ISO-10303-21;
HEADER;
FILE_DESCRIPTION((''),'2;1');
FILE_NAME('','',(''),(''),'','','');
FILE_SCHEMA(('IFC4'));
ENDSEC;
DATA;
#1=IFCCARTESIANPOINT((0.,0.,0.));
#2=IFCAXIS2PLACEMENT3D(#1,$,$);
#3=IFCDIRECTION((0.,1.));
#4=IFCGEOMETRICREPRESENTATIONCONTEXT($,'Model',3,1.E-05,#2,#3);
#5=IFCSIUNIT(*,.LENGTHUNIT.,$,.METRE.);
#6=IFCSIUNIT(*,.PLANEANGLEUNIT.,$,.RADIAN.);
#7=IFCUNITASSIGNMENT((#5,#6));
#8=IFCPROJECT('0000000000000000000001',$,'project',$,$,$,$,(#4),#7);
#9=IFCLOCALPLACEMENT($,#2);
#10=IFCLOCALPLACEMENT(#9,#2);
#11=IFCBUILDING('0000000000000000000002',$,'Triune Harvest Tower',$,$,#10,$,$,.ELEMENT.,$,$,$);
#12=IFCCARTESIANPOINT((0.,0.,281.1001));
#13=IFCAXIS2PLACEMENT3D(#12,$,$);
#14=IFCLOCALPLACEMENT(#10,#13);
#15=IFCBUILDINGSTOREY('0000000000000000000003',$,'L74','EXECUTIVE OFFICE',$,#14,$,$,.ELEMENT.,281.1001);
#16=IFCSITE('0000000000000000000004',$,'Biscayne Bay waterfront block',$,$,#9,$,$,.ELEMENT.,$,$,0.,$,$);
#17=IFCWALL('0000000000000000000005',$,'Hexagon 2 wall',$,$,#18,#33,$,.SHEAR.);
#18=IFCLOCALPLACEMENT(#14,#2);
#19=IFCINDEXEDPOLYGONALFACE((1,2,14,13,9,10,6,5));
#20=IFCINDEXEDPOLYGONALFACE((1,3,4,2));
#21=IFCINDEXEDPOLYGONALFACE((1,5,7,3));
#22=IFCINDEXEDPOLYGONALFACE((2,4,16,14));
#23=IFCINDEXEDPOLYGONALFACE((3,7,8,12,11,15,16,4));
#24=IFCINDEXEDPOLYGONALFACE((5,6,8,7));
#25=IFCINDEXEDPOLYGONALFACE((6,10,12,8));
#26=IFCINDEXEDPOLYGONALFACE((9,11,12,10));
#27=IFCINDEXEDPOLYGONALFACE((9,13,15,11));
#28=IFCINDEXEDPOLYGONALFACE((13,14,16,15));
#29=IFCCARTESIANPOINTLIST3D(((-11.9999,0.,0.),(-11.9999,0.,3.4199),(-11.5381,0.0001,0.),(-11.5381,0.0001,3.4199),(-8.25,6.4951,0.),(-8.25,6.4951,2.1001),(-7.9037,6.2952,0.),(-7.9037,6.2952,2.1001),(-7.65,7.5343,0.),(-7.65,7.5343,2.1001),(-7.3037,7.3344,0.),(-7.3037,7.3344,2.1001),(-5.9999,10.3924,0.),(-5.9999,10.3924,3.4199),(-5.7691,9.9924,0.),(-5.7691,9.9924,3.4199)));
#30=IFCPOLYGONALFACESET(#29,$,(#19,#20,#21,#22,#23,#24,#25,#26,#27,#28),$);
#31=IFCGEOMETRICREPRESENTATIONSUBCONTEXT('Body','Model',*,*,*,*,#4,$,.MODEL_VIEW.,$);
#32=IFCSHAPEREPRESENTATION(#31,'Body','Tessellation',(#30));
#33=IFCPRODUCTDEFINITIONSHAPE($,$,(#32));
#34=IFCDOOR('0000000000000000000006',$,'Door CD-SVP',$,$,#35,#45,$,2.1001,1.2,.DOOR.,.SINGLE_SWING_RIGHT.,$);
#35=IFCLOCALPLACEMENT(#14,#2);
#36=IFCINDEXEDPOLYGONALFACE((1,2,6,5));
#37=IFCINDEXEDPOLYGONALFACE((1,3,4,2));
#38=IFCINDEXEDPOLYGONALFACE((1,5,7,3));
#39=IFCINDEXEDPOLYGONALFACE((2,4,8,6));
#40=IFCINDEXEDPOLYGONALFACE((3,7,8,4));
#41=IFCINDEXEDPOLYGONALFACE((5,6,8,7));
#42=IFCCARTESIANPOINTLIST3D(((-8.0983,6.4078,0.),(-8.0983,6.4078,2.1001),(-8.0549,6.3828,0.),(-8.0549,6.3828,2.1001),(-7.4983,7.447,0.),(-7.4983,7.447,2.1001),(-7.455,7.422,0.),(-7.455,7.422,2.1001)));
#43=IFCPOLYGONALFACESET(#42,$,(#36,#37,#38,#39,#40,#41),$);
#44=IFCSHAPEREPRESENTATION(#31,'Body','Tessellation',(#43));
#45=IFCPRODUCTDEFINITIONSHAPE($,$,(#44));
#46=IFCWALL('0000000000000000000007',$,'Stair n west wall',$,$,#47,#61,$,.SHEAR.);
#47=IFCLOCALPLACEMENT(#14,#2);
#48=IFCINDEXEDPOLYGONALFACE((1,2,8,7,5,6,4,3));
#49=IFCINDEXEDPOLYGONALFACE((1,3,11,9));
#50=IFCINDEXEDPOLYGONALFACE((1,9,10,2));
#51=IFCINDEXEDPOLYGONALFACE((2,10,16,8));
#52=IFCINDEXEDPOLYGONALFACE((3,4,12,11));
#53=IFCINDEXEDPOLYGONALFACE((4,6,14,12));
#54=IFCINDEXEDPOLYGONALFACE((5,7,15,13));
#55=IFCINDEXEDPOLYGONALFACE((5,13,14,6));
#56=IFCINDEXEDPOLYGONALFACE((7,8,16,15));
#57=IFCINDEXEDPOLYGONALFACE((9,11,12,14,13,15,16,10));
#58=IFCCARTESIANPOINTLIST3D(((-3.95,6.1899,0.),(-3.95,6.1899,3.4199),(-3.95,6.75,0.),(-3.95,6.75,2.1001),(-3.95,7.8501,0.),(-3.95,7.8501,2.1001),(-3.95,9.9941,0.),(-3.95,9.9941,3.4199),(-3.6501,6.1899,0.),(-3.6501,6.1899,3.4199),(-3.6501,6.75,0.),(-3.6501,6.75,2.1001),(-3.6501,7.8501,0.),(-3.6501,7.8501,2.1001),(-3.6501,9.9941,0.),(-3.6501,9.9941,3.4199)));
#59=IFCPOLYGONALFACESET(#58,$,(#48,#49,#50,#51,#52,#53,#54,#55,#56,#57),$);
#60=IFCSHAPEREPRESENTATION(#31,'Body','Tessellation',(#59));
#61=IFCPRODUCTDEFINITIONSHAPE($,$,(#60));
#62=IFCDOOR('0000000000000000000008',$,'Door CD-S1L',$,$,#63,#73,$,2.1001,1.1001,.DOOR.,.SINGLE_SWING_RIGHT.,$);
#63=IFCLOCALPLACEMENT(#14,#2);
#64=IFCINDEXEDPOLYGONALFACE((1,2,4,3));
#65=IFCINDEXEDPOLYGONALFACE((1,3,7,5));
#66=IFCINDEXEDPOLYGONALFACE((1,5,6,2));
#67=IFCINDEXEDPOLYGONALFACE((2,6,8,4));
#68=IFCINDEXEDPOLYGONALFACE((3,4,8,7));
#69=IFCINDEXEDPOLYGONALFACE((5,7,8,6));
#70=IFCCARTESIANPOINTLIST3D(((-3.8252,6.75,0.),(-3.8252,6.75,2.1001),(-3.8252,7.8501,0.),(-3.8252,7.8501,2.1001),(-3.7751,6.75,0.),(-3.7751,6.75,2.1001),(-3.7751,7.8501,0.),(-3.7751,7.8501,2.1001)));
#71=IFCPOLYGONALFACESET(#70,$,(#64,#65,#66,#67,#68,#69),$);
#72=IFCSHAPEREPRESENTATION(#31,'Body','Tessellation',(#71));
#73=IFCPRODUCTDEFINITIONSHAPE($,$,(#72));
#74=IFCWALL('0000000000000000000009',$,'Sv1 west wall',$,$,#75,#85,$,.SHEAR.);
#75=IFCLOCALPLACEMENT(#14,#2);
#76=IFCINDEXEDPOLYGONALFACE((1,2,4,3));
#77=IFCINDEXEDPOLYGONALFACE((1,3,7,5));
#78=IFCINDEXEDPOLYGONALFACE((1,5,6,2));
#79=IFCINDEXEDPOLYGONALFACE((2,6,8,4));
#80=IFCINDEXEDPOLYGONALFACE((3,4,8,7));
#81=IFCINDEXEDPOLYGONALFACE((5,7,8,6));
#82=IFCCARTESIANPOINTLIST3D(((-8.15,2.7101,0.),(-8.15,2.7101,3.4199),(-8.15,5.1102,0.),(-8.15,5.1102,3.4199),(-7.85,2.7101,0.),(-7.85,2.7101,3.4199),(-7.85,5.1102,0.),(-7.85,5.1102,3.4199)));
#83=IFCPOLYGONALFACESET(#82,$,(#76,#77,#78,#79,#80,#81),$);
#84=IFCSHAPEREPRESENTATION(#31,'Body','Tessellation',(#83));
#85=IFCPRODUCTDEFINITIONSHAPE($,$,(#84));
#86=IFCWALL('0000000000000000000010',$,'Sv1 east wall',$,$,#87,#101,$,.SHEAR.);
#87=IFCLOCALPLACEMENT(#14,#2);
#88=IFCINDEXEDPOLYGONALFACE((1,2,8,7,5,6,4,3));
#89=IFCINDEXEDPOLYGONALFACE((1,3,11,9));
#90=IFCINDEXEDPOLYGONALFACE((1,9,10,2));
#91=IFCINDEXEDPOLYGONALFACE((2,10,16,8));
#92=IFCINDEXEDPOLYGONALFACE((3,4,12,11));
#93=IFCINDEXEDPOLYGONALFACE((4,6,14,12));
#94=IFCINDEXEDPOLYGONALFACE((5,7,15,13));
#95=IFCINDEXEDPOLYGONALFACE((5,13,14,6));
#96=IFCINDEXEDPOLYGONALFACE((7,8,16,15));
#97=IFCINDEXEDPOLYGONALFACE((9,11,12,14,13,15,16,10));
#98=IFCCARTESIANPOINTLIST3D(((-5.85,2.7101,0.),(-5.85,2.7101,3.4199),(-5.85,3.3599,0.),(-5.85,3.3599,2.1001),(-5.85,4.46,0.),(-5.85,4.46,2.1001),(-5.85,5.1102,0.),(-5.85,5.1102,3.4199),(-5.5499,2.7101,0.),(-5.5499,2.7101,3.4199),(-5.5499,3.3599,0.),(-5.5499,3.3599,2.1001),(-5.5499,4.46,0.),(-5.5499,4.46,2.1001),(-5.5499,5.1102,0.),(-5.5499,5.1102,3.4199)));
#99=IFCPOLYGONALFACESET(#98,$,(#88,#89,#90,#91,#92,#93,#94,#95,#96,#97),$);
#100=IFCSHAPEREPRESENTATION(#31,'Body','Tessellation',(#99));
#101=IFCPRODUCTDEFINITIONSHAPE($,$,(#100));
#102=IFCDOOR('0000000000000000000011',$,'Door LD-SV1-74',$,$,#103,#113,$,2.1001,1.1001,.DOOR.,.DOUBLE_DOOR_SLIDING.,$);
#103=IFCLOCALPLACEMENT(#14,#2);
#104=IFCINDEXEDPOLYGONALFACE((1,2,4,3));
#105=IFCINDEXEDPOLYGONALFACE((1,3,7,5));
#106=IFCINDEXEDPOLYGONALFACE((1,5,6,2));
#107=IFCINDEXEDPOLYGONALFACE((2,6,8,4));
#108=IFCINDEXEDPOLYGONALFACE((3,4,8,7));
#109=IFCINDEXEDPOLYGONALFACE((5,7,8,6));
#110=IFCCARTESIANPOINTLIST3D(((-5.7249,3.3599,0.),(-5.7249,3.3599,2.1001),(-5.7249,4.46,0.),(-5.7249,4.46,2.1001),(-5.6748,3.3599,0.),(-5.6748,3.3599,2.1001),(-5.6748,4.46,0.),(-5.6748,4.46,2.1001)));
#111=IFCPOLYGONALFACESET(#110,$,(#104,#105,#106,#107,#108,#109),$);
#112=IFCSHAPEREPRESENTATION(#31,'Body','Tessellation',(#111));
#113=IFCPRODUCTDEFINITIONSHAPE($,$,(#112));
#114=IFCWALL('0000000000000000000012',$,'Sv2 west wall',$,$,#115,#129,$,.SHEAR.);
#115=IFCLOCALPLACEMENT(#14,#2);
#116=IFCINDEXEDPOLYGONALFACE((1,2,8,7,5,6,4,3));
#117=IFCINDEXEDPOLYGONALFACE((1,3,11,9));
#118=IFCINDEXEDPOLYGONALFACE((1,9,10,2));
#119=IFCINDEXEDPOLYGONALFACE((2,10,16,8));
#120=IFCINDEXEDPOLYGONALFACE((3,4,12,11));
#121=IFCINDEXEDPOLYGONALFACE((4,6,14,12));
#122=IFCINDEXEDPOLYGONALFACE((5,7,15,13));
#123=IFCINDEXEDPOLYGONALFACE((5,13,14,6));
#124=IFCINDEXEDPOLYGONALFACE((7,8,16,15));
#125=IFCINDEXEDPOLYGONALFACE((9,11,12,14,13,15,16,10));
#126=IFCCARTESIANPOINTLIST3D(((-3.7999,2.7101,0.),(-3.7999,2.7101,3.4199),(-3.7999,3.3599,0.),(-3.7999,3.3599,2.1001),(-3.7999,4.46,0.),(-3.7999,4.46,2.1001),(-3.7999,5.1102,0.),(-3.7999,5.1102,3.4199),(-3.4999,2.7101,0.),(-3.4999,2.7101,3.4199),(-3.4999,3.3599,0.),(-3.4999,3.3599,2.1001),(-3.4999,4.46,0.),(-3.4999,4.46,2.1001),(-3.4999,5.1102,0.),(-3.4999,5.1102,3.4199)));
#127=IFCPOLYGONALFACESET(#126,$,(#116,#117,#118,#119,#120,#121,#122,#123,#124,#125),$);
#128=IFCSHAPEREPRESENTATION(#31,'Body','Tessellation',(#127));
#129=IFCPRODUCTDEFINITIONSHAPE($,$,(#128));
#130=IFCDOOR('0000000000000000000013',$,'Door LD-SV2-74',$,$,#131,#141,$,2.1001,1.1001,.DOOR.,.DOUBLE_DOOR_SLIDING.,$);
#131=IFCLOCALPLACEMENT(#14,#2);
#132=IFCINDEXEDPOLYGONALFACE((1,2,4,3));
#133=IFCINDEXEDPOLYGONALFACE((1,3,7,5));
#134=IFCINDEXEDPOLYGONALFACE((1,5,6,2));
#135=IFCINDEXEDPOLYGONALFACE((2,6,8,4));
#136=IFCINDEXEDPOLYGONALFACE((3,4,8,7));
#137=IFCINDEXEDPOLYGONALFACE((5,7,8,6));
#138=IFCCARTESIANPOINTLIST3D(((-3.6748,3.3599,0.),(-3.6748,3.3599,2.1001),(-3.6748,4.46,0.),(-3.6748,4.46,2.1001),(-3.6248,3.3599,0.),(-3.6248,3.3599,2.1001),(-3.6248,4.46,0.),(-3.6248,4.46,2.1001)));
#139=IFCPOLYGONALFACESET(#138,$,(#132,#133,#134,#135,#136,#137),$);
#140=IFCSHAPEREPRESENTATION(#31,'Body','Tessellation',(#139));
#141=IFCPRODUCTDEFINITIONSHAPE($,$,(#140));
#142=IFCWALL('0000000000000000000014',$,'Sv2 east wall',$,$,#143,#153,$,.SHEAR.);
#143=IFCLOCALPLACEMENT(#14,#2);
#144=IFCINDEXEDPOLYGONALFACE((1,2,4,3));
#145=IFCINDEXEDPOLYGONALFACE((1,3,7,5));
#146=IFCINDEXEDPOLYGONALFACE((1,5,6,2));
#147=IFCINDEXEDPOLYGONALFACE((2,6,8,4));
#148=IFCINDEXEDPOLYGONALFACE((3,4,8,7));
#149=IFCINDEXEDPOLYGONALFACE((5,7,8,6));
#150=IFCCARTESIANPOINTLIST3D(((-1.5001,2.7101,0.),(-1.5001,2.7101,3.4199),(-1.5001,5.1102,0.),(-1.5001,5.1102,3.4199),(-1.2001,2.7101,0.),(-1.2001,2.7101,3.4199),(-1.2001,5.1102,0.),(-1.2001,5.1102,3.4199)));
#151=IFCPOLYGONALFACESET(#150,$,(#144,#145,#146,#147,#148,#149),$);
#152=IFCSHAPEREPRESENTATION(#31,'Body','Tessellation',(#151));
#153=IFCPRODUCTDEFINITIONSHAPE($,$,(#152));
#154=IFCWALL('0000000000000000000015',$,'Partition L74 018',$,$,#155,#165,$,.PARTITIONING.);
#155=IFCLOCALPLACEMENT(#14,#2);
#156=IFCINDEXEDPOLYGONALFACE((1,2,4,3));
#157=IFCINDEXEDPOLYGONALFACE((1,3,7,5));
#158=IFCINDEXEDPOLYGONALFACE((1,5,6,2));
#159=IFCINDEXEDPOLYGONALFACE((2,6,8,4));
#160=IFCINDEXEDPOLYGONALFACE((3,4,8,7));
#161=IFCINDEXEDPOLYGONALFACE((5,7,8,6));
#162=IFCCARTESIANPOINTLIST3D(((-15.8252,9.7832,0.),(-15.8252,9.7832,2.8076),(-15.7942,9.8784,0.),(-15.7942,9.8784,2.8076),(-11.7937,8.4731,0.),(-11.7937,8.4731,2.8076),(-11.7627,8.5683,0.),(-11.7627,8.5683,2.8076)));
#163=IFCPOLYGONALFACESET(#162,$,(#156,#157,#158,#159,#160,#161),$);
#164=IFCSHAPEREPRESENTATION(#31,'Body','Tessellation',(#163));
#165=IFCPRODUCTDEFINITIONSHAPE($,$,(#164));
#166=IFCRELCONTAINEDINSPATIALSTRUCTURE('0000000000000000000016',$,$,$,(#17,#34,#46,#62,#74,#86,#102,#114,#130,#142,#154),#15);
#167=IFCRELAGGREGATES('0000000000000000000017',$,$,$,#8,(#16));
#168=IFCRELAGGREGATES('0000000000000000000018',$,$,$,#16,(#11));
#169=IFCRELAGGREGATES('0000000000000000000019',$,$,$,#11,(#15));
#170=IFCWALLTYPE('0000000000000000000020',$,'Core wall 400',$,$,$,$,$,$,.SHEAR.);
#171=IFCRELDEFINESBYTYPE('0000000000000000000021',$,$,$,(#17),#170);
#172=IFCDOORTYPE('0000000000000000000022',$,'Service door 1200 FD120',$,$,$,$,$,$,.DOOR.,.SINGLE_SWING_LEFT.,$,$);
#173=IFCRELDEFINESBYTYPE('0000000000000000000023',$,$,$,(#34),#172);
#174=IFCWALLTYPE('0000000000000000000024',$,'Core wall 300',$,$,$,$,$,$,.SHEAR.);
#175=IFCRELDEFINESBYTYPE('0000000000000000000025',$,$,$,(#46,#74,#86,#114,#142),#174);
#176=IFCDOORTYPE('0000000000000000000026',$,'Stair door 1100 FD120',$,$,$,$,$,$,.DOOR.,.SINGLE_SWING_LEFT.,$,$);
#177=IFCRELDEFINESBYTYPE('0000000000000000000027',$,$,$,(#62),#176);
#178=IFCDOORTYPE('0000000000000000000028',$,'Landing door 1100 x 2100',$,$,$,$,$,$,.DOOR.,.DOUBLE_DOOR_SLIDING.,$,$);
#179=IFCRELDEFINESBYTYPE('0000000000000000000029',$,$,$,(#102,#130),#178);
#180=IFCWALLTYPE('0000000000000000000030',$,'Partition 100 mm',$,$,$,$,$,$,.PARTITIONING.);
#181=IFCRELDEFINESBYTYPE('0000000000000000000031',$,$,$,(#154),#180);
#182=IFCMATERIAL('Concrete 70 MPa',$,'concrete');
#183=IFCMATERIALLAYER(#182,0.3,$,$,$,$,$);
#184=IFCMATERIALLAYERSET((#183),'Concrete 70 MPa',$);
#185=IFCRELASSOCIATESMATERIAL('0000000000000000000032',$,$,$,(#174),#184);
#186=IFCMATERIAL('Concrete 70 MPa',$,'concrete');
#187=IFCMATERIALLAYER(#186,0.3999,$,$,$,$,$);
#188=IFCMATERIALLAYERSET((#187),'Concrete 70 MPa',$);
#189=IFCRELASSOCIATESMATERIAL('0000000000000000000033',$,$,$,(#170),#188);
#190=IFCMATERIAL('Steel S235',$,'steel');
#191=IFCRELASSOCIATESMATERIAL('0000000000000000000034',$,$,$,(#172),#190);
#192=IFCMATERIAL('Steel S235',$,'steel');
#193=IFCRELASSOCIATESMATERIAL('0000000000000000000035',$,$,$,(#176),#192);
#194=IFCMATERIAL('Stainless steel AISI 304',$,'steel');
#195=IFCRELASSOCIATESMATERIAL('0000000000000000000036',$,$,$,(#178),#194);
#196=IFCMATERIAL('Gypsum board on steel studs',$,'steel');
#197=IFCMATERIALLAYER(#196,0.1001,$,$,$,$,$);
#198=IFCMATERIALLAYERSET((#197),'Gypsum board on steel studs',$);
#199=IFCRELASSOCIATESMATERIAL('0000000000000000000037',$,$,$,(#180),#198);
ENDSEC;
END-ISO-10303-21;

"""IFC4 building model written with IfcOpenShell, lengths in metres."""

from ifc_helpers import new_model, si_unit, direction, frame, frame_2d, origin, place, context, subcontext, project, spatial, polyline, rectangle, outline, extrude, source, transform, mapped, material, layer, layer_set, type_object, element, fill, save


model = new_model("IFC4")

# Units and contexts
model_context = context("Model", 3, precision=1e-05, world=origin(), true_north=direction((0.0, 1.0)))
body_context = subcontext(model_context, "Body", "Model", "MODEL_VIEW")
ifc_project = project(units=[si_unit("LENGTHUNIT", "METRE"), si_unit("PLANEANGLEUNIT", "RADIAN")], contexts=[model_context])

# Site, building, storey
site_placement = place(None, origin())
site = spatial("IfcSite", under=ifc_project, at=site_placement, Name="Biscayne Bay waterfront block", CompositionType="ELEMENT", RefElevation=0.0)
building_placement = place(site_placement, origin())
building = spatial("IfcBuilding", under=site, at=building_placement, Name="Triune Harvest Tower", CompositionType="ELEMENT")
storey_placement = place(building_placement, frame((0.0, 0.0, 281.1001)))
storey = spatial("IfcBuildingStorey", under=building, at=storey_placement, Name="L74", Description="EXECUTIVE OFFICE", CompositionType="ELEMENT", Elevation=281.1001)

# Shared definitions
ifc_material_1 = material(Name="Concrete 70 MPa", Category="concrete")
ifc_layer_1 = layer(ifc_material_1, 0.3)
ifc_layer_set_1 = layer_set([ifc_layer_1], Name="Concrete 70 MPa")
wall_type_1 = type_object("IfcWallType", Name="Core wall 300", PredefinedType="SHEAR", material=ifc_layer_set_1)

# Walls, openings, doors
ifc_material_2 = material(Name="Concrete 70 MPa", Category="concrete")
ifc_layer_2 = layer(ifc_material_2, 0.3999)
ifc_layer_set_2 = layer_set([ifc_layer_2], Name="Concrete 70 MPa")
wall_type_2 = type_object("IfcWallType", Name="Core wall 400", PredefinedType="SHEAR", material=ifc_layer_set_2)
shared_shape_1 = source(origin(), body_context, "Body", "SweptSolid", [
    extrude(outline(polyline([(-0.1155, -0.2), (11.8845, -0.2), (11.6536, 0.2), (0.1155, 0.2), (-0.1155, -0.2)])), origin(), (0.0, 0.0, 1.0), 3.4199),
])
wall_1_placement = place(storey_placement, frame((-5.8845, 10.1924, 0.0), z_axis=(0.0, 0.0, 1.0), x_axis=(-0.499997, -0.866027, 0.0)))
wall_1 = element("IfcWall", 1, at=wall_1_placement, inside=storey, type_object=wall_type_2, Name="Hexagon 2 wall", PredefinedType="SHEAR", context=body_context, shape_type="MappedRepresentation", body=[
    mapped(shared_shape_1, transform((0.0, 0.0, 0.0), scale=1.0)),
])
opening_1_placement = place(wall_1_placement, frame((3.1846, 0.0, 0.0)))
opening_1 = element("IfcOpeningElement", 2, at=opening_1_placement, cuts=wall_1, PredefinedType="OPENING", context=body_context, shape_type="SweptSolid", body=[
    extrude(rectangle(XDim=1.2, YDim=2.1001, at=frame_2d((0.6001, 1.05))), frame((0.0, 0.21, 0.0), z_axis=(0.0, -1.0, 0.0), x_axis=(1.0, 0.0, 0.0)), (0.0, 0.0, 1.0), 0.4199),
])
ifc_material_3 = material(Name="Steel S235", Category="steel")
door_type_1 = type_object("IfcDoorType", Name="Service door 1200 FD120", OperationType="SINGLE_SWING_LEFT", PredefinedType="DOOR", material=ifc_material_3)
door_1_placement = place(opening_1_placement, frame((1.2, 0.0, 0.0), z_axis=(0.0, 0.0, 1.0), x_axis=(-1.0, 0.0, 0.0)))
door_1 = element("IfcDoor", 3, at=door_1_placement, inside=storey, type_object=door_type_1, Name="Door CD-SVP", OperationType="SINGLE_SWING_RIGHT", OverallHeight=2.1001, OverallWidth=1.2, PredefinedType="DOOR", context=body_context, shape_type="SweptSolid", body=[
    extrude(rectangle(XDim=1.2, YDim=2.1001, at=frame_2d((0.6001, 1.05))), frame((0.0, 0.0249, 0.0), z_axis=(0.0, -1.0, 0.0), x_axis=(1.0, 0.0, 0.0)), (0.0, 0.0, 1.0), 0.05),
])
fill(opening_1, door_1)
shared_shape_2 = source(origin(), body_context, "Body", "SweptSolid", [
    extrude(outline(polyline([(0.0, -0.1499), (0.0, 0.1499), (3.8042, 0.1499), (3.8042, -0.1499), (0.0, -0.1499)])), origin(), (0.0, 0.0, 1.0), 3.4199),
])
wall_2_placement = place(storey_placement, frame((-3.8, 6.1899, 0.0), z_axis=(0.0, 0.0, 1.0), x_axis=(0.0, 1.0, 0.0)))
wall_2 = element("IfcWall", 4, at=wall_2_placement, inside=storey, type_object=wall_type_1, Name="Stair n west wall", PredefinedType="SHEAR", context=body_context, shape_type="MappedRepresentation", body=[
    mapped(shared_shape_2, transform((0.0, 0.0, 0.0), scale=1.0)),
])
opening_2_placement = place(wall_2_placement, frame((0.5601, 0.0, 0.0)))
opening_2 = element("IfcOpeningElement", 5, at=opening_2_placement, cuts=wall_2, PredefinedType="OPENING", context=body_context, shape_type="SweptSolid", body=[
    extrude(rectangle(XDim=1.1001, YDim=2.1001, at=frame_2d((0.55, 1.05))), frame((0.0, 0.1602, 0.0), z_axis=(0.0, -1.0, 0.0), x_axis=(1.0, 0.0, 0.0)), (0.0, 0.0, 1.0), 0.3201),
])
ifc_material_4 = material(Name="Steel S235", Category="steel")
door_type_2 = type_object("IfcDoorType", Name="Stair door 1100 FD120", OperationType="SINGLE_SWING_LEFT", PredefinedType="DOOR", material=ifc_material_4)
door_2_placement = place(opening_2_placement, frame((1.1001, 0.0, 0.0), z_axis=(0.0, 0.0, 1.0), x_axis=(-1.0, 0.0, 0.0)))
door_2 = element("IfcDoor", 6, at=door_2_placement, inside=storey, type_object=door_type_2, Name="Door CD-S1L", OperationType="SINGLE_SWING_RIGHT", OverallHeight=2.1001, OverallWidth=1.1001, PredefinedType="DOOR", context=body_context, shape_type="SweptSolid", body=[
    extrude(rectangle(XDim=1.1001, YDim=2.1001, at=frame_2d((0.55, 1.05))), frame((0.0, 0.0249, 0.0), z_axis=(0.0, -1.0, 0.0), x_axis=(1.0, 0.0, 0.0)), (0.0, 0.0, 1.0), 0.05),
])
fill(opening_2, door_2)

# Wall
shared_shape_3 = source(origin(), body_context, "Body", "SweptSolid", [
    extrude(rectangle(XDim=2.4001, YDim=0.3, at=frame_2d((1.2002, 0.0))), origin(), (0.0, 0.0, 1.0), 3.4199),
])
wall_3_placement = place(storey_placement, frame((-8.0, 2.71, 0.0), z_axis=(0.0, 0.0, 1.0), x_axis=(0.0, 1.0, 0.0)))
element("IfcWall", 7, at=wall_3_placement, inside=storey, type_object=wall_type_1, Name="Sv1 west wall", PredefinedType="SHEAR", context=body_context, shape_type="MappedRepresentation", body=[
    mapped(shared_shape_3, transform((0.0, 0.0, 0.0), scale=1.0)),
])

# Walls, openings, doors
wall_4_placement = place(storey_placement, frame((-5.7, 2.71, 0.0), z_axis=(0.0, 0.0, 1.0), x_axis=(0.0, 1.0, 0.0)))
wall_4 = element("IfcWall", 8, at=wall_4_placement, inside=storey, type_object=wall_type_1, Name="Sv1 east wall", PredefinedType="SHEAR", context=body_context, shape_type="MappedRepresentation", body=[
    mapped(shared_shape_3, transform((0.0, 0.0, 0.0), scale=1.0)),
])
opening_3_placement = place(wall_4_placement, frame((0.6499, 0.0, 0.0)))
opening_3 = element("IfcOpeningElement", 9, at=opening_3_placement, cuts=wall_4, PredefinedType="OPENING", context=body_context, shape_type="SweptSolid", body=[
    extrude(rectangle(XDim=1.1001, YDim=2.1001, at=frame_2d((0.55, 1.05))), frame((0.0, 0.1602, 0.0), z_axis=(0.0, -1.0, 0.0), x_axis=(1.0, 0.0, 0.0)), (0.0, 0.0, 1.0), 0.3201),
])
ifc_material_5 = material(Name="Stainless steel AISI 304", Category="steel")
door_type_3 = type_object("IfcDoorType", Name="Landing door 1100 x 2100", OperationType="DOUBLE_DOOR_SLIDING", PredefinedType="DOOR", material=ifc_material_5)
door_3_placement = place(opening_3_placement, origin())
door_3 = element("IfcDoor", 10, at=door_3_placement, inside=storey, type_object=door_type_3, Name="Door LD-SV1-74", OperationType="DOUBLE_DOOR_SLIDING", OverallHeight=2.1001, OverallWidth=1.1001, PredefinedType="DOOR", context=body_context, shape_type="SweptSolid", body=[
    extrude(rectangle(XDim=1.1001, YDim=2.1001, at=frame_2d((0.55, 1.05))), frame((0.0, 0.0249, 0.0), z_axis=(0.0, -1.0, 0.0), x_axis=(1.0, 0.0, 0.0)), (0.0, 0.0, 1.0), 0.05),
])
fill(opening_3, door_3)
wall_5_placement = place(storey_placement, frame((-3.6499, 2.71, 0.0), z_axis=(0.0, 0.0, 1.0), x_axis=(0.0, 1.0, 0.0)))
wall_5 = element("IfcWall", 11, at=wall_5_placement, inside=storey, type_object=wall_type_1, Name="Sv2 west wall", PredefinedType="SHEAR", context=body_context, shape_type="MappedRepresentation", body=[
    mapped(shared_shape_3, transform((0.0, 0.0, 0.0), scale=1.0)),
])
opening_4_placement = place(wall_5_placement, frame((0.6499, 0.0, 0.0)))
opening_4 = element("IfcOpeningElement", 12, at=opening_4_placement, cuts=wall_5, PredefinedType="OPENING", context=body_context, shape_type="SweptSolid", body=[
    extrude(rectangle(XDim=1.1001, YDim=2.1001, at=frame_2d((0.55, 1.05))), frame((0.0, 0.1602, 0.0), z_axis=(0.0, -1.0, 0.0), x_axis=(1.0, 0.0, 0.0)), (0.0, 0.0, 1.0), 0.3201),
])
door_4_placement = place(opening_4_placement, origin())
door_4 = element("IfcDoor", 13, at=door_4_placement, inside=storey, type_object=door_type_3, Name="Door LD-SV2-74", OperationType="DOUBLE_DOOR_SLIDING", OverallHeight=2.1001, OverallWidth=1.1001, PredefinedType="DOOR", context=body_context, shape_type="SweptSolid", body=[
    extrude(rectangle(XDim=1.1001, YDim=2.1001, at=frame_2d((0.55, 1.05))), frame((0.0, 0.0249, 0.0), z_axis=(0.0, -1.0, 0.0), x_axis=(1.0, 0.0, 0.0)), (0.0, 0.0, 1.0), 0.05),
])
fill(opening_4, door_4)

# Walls
wall_6_placement = place(storey_placement, frame((-1.3501, 2.71, 0.0), z_axis=(0.0, 0.0, 1.0), x_axis=(0.0, 1.0, 0.0)))
element("IfcWall", 14, at=wall_6_placement, inside=storey, type_object=wall_type_1, Name="Sv2 east wall", PredefinedType="SHEAR", context=body_context, shape_type="MappedRepresentation", body=[
    mapped(shared_shape_3, transform((0.0, 0.0, 0.0), scale=1.0)),
])
ifc_material_6 = material(Name="Gypsum board on steel studs", Category="steel")
ifc_layer_3 = layer(ifc_material_6, 0.1001)
ifc_layer_set_3 = layer_set([ifc_layer_3], Name="Gypsum board on steel studs")
wall_type_3 = type_object("IfcWallType", Name="Partition 100 mm", PredefinedType="PARTITIONING", material=ifc_layer_set_3)
shared_shape_4 = source(origin(), body_context, "Body", "SweptSolid", [
    extrude(rectangle(XDim=4.239, YDim=0.1001, at=frame_2d((2.1196, 0.0))), origin(), (0.0, 0.0, 1.0), 2.8076),
])
wall_7_placement = place(storey_placement, frame((-15.8098, 9.8308, 0.0), z_axis=(0.0, 0.0, 1.0), x_axis=(0.951046, -0.309048, 0.0)))
element("IfcWall", 15, at=wall_7_placement, inside=storey, type_object=wall_type_3, Name="Partition L74 018", PredefinedType="PARTITIONING", context=body_context, shape_type="MappedRepresentation", body=[
    mapped(shared_shape_4, transform((0.0, 0.0, 0.0), scale=1.0)),
])

save(model, "model.ifc")
